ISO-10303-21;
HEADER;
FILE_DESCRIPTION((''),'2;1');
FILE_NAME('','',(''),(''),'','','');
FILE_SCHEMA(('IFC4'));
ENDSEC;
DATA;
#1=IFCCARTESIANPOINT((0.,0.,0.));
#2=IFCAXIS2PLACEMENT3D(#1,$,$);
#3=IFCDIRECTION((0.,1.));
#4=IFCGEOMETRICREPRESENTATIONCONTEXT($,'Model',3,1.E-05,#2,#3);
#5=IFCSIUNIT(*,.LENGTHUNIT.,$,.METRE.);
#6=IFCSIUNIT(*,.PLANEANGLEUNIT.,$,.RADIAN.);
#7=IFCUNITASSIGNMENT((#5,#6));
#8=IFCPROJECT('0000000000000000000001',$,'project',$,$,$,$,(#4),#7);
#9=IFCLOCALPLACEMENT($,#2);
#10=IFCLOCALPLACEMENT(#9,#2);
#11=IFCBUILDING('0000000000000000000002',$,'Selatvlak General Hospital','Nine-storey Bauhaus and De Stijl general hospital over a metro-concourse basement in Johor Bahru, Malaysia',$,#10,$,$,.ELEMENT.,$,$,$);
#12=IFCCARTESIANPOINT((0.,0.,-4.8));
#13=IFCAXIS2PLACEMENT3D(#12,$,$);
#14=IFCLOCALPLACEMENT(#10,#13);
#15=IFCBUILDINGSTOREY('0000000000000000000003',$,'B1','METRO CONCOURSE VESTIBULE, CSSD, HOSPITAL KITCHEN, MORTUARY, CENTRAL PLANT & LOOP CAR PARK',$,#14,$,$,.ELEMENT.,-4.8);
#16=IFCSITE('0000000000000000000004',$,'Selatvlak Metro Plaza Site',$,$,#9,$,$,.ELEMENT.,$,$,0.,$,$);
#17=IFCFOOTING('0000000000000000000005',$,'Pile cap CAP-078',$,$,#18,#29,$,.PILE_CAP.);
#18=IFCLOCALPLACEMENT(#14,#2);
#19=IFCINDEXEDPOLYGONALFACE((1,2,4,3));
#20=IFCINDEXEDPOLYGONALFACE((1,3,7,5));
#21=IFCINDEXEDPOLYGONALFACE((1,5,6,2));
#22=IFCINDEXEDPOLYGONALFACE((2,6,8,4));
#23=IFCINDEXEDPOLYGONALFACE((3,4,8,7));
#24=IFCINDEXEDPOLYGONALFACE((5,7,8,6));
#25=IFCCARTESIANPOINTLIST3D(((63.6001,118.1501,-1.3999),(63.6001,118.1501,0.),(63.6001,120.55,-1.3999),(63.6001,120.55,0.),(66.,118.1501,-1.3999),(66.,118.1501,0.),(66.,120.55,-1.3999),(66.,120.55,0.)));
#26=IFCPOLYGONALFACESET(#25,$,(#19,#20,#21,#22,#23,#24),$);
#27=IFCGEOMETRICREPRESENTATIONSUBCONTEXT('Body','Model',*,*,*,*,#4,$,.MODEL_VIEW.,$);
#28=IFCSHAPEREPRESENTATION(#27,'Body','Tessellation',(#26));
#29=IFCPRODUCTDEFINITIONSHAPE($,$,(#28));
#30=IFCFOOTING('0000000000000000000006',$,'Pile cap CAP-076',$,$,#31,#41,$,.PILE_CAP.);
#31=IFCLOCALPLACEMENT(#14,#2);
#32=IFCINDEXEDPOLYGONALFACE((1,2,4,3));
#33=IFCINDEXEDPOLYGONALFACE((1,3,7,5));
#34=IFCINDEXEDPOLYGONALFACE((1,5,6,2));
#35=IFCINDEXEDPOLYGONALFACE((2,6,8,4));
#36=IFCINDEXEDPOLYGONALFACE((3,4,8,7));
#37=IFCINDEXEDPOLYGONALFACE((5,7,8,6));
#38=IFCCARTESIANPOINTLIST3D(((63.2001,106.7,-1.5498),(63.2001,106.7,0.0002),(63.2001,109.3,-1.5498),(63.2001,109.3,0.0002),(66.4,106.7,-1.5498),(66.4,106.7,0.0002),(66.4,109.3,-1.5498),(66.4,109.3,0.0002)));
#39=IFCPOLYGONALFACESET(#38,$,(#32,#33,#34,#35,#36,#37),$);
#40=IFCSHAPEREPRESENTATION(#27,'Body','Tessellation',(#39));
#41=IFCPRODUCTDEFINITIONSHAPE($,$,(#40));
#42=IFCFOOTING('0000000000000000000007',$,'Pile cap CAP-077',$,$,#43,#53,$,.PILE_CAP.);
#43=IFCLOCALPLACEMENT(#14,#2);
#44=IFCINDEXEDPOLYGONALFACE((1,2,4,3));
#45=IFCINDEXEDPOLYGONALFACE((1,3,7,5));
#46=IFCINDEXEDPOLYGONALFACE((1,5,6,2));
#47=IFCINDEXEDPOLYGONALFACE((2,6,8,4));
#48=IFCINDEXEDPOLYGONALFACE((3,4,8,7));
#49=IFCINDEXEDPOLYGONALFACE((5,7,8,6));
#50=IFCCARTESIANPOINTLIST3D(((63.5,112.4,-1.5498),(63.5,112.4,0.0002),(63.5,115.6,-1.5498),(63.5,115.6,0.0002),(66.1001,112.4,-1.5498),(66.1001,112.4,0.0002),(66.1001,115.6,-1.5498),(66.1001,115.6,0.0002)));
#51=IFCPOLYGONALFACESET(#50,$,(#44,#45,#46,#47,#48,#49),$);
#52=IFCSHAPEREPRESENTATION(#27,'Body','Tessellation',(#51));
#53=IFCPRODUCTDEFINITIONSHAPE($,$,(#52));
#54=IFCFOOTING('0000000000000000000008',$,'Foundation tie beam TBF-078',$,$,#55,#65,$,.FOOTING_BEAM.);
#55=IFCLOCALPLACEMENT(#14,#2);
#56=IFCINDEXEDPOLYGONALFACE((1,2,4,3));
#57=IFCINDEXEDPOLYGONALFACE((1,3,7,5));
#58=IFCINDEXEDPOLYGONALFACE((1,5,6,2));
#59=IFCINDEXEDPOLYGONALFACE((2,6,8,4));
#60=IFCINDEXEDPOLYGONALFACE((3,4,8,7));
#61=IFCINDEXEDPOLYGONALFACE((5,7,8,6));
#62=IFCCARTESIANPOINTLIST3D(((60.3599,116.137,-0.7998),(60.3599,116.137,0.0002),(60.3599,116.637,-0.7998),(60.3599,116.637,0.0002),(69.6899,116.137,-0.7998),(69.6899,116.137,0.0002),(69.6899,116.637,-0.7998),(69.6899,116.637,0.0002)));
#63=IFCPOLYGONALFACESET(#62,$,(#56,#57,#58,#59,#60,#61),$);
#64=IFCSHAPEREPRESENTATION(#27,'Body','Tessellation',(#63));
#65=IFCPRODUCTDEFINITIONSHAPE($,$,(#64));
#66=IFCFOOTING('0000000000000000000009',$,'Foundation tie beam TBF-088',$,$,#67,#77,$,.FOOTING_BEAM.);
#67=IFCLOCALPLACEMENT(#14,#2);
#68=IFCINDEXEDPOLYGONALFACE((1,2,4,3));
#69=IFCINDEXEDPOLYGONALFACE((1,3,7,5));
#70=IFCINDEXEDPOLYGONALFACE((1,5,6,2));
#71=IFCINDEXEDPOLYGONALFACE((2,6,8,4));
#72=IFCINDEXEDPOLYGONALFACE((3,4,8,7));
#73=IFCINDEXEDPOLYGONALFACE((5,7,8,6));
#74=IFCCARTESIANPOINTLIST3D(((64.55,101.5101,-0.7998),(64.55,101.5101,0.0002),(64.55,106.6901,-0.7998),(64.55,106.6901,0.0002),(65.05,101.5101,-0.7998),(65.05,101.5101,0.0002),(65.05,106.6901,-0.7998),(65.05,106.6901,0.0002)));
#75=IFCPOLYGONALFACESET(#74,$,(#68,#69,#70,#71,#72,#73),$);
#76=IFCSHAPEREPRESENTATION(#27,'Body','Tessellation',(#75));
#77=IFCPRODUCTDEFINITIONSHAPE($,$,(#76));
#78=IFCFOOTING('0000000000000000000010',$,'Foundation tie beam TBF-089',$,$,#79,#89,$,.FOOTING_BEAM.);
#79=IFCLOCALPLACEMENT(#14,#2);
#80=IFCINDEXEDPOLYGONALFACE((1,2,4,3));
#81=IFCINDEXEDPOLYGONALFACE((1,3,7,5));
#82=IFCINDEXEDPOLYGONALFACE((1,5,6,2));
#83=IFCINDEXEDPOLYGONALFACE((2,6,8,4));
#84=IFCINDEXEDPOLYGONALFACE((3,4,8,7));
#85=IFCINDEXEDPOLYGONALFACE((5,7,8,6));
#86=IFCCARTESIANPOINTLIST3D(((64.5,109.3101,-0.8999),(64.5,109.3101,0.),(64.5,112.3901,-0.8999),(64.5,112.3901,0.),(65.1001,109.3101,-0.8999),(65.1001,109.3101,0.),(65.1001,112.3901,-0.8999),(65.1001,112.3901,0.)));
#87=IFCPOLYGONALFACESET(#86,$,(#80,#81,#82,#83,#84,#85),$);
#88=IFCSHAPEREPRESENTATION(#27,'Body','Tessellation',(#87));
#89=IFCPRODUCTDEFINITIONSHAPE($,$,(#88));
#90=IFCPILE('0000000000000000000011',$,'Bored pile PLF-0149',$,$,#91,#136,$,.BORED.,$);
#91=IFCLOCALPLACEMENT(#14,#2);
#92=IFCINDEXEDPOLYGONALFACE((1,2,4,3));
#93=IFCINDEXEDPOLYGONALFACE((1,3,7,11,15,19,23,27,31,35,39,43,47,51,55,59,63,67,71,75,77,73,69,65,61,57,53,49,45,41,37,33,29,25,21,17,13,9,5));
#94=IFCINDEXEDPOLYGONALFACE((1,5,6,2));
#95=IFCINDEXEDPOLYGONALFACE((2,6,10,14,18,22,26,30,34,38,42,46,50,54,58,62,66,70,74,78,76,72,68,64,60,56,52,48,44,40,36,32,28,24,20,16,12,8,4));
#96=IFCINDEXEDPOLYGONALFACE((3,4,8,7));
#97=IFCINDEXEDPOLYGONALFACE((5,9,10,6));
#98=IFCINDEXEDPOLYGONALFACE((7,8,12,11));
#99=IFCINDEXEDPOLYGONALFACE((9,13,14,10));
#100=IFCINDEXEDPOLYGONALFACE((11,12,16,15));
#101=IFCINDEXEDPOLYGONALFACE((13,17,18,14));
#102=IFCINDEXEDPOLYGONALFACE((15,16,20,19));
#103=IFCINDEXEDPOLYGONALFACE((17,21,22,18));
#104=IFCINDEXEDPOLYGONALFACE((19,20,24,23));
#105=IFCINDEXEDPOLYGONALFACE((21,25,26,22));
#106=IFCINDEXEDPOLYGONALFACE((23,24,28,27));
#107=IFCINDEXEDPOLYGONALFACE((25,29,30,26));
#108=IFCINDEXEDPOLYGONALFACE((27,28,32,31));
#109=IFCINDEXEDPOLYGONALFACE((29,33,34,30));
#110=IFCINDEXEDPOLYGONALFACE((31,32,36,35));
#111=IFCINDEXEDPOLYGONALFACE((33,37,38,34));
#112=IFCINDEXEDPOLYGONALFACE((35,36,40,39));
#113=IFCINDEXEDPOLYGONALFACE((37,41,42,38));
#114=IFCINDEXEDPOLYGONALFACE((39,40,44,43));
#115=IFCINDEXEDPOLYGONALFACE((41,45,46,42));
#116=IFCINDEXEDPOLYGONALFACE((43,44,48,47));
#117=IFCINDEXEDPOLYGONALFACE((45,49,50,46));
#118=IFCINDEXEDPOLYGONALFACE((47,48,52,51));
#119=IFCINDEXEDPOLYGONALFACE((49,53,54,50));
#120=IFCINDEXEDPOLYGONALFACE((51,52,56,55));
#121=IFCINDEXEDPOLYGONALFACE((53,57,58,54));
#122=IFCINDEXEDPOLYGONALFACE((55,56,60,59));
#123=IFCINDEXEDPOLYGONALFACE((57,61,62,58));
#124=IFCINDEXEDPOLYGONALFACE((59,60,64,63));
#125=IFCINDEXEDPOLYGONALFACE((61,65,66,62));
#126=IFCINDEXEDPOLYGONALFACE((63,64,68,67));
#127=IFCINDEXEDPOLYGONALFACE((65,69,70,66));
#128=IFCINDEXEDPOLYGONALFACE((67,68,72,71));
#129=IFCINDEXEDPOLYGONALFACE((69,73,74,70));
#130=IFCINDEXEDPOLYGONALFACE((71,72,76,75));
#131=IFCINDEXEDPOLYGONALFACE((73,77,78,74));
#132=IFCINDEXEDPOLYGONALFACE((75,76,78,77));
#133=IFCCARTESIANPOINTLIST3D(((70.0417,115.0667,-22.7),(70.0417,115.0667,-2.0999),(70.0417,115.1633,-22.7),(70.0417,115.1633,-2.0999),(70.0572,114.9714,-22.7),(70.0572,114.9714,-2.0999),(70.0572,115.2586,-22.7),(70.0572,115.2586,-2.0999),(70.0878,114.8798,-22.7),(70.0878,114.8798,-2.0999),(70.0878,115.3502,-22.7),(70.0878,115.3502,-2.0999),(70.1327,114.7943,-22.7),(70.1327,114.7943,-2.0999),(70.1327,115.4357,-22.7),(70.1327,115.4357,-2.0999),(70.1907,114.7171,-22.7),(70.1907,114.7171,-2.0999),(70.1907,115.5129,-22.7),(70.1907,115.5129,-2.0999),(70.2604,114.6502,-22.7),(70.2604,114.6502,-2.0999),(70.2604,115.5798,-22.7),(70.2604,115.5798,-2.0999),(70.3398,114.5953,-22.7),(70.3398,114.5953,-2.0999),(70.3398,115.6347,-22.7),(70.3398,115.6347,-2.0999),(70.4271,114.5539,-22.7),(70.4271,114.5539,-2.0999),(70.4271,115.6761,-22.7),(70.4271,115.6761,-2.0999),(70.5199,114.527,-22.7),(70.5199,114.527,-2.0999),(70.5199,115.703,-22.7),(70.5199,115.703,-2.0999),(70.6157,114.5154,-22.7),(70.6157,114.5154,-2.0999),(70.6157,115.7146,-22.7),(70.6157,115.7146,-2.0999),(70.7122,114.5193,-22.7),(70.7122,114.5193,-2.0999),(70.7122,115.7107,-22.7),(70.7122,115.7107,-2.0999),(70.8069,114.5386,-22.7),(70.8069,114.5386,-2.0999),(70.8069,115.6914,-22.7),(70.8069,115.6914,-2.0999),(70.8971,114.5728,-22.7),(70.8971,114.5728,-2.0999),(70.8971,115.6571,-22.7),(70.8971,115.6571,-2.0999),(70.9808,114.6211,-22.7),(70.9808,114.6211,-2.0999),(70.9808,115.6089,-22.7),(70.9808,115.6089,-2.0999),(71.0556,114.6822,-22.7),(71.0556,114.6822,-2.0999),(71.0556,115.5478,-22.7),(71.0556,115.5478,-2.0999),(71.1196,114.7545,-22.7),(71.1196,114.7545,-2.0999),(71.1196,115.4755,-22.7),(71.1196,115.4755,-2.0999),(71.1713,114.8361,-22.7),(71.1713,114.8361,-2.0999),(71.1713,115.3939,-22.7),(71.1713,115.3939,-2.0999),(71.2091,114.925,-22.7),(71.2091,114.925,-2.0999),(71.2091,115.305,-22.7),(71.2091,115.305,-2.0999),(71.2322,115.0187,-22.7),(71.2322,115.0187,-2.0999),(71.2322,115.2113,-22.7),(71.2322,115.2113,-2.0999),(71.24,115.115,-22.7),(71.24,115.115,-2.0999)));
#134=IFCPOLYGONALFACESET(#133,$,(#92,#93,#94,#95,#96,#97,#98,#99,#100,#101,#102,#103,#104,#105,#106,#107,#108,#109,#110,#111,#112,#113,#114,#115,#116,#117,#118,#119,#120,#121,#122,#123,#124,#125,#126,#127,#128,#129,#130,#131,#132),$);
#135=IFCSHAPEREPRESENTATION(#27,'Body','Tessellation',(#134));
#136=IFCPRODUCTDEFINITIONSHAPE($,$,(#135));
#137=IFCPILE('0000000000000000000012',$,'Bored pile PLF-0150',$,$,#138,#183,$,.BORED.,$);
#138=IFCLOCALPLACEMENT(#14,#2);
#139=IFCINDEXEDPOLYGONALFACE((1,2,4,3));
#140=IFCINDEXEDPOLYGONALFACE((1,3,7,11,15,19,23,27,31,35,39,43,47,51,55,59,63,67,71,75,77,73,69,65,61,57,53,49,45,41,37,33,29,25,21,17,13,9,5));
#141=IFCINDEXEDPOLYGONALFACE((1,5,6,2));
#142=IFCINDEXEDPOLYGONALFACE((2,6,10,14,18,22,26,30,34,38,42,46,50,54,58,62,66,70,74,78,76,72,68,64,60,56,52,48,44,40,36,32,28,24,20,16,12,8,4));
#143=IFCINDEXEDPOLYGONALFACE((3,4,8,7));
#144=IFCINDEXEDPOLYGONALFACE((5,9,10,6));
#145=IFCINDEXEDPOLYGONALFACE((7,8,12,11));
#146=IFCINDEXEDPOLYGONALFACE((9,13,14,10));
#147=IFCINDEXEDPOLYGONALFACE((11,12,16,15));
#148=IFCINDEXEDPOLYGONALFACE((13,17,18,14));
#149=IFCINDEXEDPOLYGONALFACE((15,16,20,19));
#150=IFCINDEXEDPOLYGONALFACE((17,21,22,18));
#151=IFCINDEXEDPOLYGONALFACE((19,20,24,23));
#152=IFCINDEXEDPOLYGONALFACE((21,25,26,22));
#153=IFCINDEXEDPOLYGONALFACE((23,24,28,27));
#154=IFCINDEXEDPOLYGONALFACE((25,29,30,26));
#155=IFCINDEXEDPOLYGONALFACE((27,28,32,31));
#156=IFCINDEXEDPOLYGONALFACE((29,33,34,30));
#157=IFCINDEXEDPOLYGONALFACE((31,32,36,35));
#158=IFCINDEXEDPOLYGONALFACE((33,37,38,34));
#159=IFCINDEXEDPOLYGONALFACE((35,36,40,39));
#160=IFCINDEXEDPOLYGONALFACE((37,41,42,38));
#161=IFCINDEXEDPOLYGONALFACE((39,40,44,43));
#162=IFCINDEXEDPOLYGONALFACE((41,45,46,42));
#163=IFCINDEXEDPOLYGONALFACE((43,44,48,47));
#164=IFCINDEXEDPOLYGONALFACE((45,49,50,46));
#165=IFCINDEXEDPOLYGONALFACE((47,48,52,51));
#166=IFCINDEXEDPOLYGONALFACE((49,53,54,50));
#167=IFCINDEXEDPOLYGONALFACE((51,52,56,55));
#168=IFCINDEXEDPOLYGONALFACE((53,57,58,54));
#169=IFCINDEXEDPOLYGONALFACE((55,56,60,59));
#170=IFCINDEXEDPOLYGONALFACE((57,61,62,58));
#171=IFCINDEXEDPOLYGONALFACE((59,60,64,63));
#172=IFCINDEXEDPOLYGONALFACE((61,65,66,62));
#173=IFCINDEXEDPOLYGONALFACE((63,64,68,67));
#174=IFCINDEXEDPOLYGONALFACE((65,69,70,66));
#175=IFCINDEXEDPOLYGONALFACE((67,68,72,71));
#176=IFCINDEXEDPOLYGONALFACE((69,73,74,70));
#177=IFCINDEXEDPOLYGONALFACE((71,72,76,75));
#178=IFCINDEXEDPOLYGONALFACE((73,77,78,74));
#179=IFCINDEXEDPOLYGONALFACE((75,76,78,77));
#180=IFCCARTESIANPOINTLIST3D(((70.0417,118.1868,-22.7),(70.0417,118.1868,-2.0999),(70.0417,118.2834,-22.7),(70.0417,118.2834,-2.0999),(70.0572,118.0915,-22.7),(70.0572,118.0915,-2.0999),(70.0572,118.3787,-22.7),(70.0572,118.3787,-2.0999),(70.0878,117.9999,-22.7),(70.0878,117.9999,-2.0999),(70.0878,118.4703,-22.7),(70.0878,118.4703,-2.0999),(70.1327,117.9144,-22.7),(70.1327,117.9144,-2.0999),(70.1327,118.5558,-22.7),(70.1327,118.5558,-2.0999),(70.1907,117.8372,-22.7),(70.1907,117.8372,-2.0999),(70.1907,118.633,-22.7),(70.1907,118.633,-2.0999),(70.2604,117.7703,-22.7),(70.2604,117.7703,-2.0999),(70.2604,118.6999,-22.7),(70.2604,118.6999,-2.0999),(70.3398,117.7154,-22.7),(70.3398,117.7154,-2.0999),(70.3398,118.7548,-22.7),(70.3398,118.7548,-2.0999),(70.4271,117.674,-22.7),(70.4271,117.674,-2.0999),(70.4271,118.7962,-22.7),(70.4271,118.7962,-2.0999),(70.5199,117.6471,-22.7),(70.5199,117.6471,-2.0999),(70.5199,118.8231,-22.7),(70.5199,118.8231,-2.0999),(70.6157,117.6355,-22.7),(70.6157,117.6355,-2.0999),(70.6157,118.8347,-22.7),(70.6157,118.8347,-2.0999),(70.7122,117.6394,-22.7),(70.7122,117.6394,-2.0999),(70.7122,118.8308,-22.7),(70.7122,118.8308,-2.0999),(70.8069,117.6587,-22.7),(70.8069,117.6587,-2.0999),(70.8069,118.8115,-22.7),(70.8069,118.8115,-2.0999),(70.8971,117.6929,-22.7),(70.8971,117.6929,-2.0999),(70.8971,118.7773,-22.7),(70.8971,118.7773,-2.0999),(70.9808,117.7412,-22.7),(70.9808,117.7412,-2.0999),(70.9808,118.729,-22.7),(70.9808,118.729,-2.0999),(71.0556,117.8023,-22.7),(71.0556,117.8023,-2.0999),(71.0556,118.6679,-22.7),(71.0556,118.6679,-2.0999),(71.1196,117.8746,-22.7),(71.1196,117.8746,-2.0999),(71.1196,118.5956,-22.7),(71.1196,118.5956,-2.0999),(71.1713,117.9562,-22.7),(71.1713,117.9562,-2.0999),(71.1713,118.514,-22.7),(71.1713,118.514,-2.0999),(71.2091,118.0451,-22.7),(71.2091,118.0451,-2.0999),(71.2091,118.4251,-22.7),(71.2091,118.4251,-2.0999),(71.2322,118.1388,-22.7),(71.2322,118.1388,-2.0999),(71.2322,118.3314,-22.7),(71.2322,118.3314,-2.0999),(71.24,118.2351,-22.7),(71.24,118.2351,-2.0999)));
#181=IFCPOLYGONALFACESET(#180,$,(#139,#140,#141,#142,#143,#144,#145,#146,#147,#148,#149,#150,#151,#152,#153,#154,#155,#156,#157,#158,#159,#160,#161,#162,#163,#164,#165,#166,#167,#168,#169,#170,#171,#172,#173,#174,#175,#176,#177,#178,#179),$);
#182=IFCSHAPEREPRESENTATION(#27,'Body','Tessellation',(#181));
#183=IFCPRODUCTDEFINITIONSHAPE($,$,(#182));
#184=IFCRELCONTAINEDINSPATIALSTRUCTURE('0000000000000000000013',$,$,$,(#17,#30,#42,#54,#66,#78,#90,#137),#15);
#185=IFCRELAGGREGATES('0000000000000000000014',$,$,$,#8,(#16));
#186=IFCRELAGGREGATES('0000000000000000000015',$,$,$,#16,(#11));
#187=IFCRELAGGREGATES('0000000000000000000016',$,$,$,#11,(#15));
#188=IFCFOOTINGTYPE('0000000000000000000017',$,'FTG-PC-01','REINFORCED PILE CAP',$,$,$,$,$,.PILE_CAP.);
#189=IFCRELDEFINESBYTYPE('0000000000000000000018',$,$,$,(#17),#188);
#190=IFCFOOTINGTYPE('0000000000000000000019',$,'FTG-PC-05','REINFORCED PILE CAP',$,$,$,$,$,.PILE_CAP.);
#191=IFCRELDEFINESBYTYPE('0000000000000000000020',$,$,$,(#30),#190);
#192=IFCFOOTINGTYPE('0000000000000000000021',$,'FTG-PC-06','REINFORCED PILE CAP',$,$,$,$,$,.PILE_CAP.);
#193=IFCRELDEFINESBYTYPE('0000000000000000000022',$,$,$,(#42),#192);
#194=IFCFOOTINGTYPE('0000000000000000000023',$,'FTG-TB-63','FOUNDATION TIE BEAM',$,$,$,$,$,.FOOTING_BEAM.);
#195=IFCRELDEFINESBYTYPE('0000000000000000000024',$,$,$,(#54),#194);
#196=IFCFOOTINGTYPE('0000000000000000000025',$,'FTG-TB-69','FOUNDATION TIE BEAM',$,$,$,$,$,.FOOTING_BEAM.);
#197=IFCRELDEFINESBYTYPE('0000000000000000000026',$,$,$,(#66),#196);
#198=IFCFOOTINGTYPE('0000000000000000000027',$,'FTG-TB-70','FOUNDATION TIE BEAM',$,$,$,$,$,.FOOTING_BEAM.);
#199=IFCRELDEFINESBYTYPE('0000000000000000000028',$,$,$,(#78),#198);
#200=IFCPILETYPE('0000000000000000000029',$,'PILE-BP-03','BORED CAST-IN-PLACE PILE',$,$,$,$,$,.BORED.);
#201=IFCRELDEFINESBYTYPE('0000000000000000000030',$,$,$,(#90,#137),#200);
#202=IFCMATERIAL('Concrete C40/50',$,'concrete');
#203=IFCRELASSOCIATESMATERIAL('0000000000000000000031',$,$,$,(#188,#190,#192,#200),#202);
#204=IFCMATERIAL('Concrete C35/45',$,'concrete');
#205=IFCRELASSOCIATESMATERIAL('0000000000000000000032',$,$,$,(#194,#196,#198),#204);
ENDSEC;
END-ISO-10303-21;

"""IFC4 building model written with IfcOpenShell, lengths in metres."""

from ifc_helpers import new_model, si_unit, direction, frame, origin, origin_2d, place, context, subcontext, project, spatial, rectangle, circle, extrude, material, material_profile, profile_set, type_object, element, save


model = new_model("IFC4")

# Units and contexts
model_context = context("Model", 3, precision=1e-05, world=origin(), true_north=direction((0.0, 1.0)))
body_context = subcontext(model_context, "Body", "Model", "MODEL_VIEW")
ifc_project = project(units=[si_unit("LENGTHUNIT", "METRE"), si_unit("PLANEANGLEUNIT", "RADIAN")], contexts=[model_context])

# Site, building, storey
site_placement = place(None, origin())
site = spatial("IfcSite", under=ifc_project, at=site_placement, Name="Selatvlak Metro Plaza Site", CompositionType="ELEMENT", RefElevation=0.0)
building_placement = place(site_placement, origin())
building = spatial("IfcBuilding", under=site, at=building_placement, Name="Selatvlak General Hospital", Description="Nine-storey Bauhaus and De Stijl general hospital over a metro-concourse basement in Johor Bahru, Malaysia", CompositionType="ELEMENT")
storey_placement = place(building_placement, frame((0.0, 0.0, -4.8)))
storey = spatial("IfcBuildingStorey", under=building, at=storey_placement, Name="B1", Description="METRO CONCOURSE VESTIBULE, CSSD, HOSPITAL KITCHEN, MORTUARY, CENTRAL PLANT & LOOP CAR PARK", CompositionType="ELEMENT", Elevation=-4.8)

# Footings
ifc_material_1 = material(Name="Concrete C40/50", Category="concrete")
footing_type_1 = type_object("IfcFootingType", Name="FTG-PC-01", Description="REINFORCED PILE CAP", PredefinedType="PILE_CAP", material=ifc_material_1)
footing_1_placement = place(storey_placement, frame((64.8, 119.3501, -1.3999), z_axis=(0.0, 0.0, 1.0), x_axis=(1.0, 0.0, 0.0)))
element("IfcFooting", 1, at=footing_1_placement, inside=storey, type_object=footing_type_1, Name="Pile cap CAP-078", PredefinedType="PILE_CAP", context=body_context, shape_type="SweptSolid", body=[
    extrude(rectangle(XDim=2.3999, YDim=2.3999, at=origin_2d()), origin(), (0.0, 0.0, 1.0), 1.3999),
])
footing_type_2 = type_object("IfcFootingType", Name="FTG-PC-05", Description="REINFORCED PILE CAP", PredefinedType="PILE_CAP", material=ifc_material_1)
footing_2_placement = place(storey_placement, frame((64.8, 108.0, -1.5498), z_axis=(0.0, 0.0, 1.0), x_axis=(1.0, 0.0, 0.0)))
element("IfcFooting", 2, at=footing_2_placement, inside=storey, type_object=footing_type_2, Name="Pile cap CAP-076", PredefinedType="PILE_CAP", context=body_context, shape_type="SweptSolid", body=[
    extrude(rectangle(XDim=3.2, YDim=2.6001, at=origin_2d()), origin(), (0.0, 0.0, 1.0), 1.55),
])
footing_type_3 = type_object("IfcFootingType", Name="FTG-PC-06", Description="REINFORCED PILE CAP", PredefinedType="PILE_CAP", material=ifc_material_1)
footing_3_placement = place(storey_placement, frame((64.8, 114.0, -1.5498), z_axis=(0.0, 0.0, 1.0), x_axis=(1.0, 0.0, 0.0)))
element("IfcFooting", 3, at=footing_3_placement, inside=storey, type_object=footing_type_3, Name="Pile cap CAP-077", PredefinedType="PILE_CAP", context=body_context, shape_type="SweptSolid", body=[
    extrude(rectangle(XDim=2.6001, YDim=3.2, at=origin_2d()), origin(), (0.0, 0.0, 1.0), 1.55),
])
ifc_material_2 = material(Name="Concrete C35/45", Category="concrete")
footing_type_4 = type_object("IfcFootingType", Name="FTG-TB-63", Description="FOUNDATION TIE BEAM", PredefinedType="FOOTING_BEAM", material=ifc_material_2)
footing_4_placement = place(storey_placement, frame((65.0249, 116.387, -0.7998), z_axis=(0.0, 0.0, 1.0), x_axis=(1.0, 0.0, 0.0)))
element("IfcFooting", 4, at=footing_4_placement, inside=storey, type_object=footing_type_4, Name="Foundation tie beam TBF-078", PredefinedType="FOOTING_BEAM", context=body_context, shape_type="SweptSolid", body=[
    extrude(rectangle(XDim=9.3301, YDim=0.5, at=origin_2d()), origin(), (0.0, 0.0, 1.0), 0.8),
])
footing_type_5 = type_object("IfcFootingType", Name="FTG-TB-69", Description="FOUNDATION TIE BEAM", PredefinedType="FOOTING_BEAM", material=ifc_material_2)
footing_5_placement = place(storey_placement, frame((64.8, 104.1001, -0.7998), z_axis=(0.0, 0.0, 1.0), x_axis=(0.0, 1.0, 0.0)))
element("IfcFooting", 5, at=footing_5_placement, inside=storey, type_object=footing_type_5, Name="Foundation tie beam TBF-088", PredefinedType="FOOTING_BEAM", context=body_context, shape_type="SweptSolid", body=[
    extrude(rectangle(XDim=5.1799, YDim=0.5, at=origin_2d()), origin(), (0.0, 0.0, 1.0), 0.8),
])
footing_type_6 = type_object("IfcFootingType", Name="FTG-TB-70", Description="FOUNDATION TIE BEAM", PredefinedType="FOOTING_BEAM", material=ifc_material_2)
footing_6_placement = place(storey_placement, frame((64.8, 110.8501, -0.8999), z_axis=(0.0, 0.0, 1.0), x_axis=(0.0, 1.0, 0.0)))
element("IfcFooting", 6, at=footing_6_placement, inside=storey, type_object=footing_type_6, Name="Foundation tie beam TBF-089", PredefinedType="FOOTING_BEAM", context=body_context, shape_type="SweptSolid", body=[
    extrude(rectangle(XDim=3.0801, YDim=0.6001, at=origin_2d()), origin(), (0.0, 0.0, 1.0), 0.8999),
])

# Piles
ifc_material_profile_1 = material_profile(ifc_material_1, circle(Radius=0.6001, at=origin_2d()), Name="BORED PILE 1200")
ifc_profile_set_1 = profile_set([ifc_material_profile_1], Name="Concrete C40/50")
pile_type_1 = type_object("IfcPileType", Name="PILE-BP-03", Description="BORED CAST-IN-PLACE PILE", PredefinedType="BORED", material=ifc_profile_set_1)
for number, where, z_axis, x_axis, name in (
    (7, (70.6399, 115.115, -2.0999), (0.0, 0.0, -1.0), (1.0, 0.0, 0.0), "Bored pile PLF-0149"),
    (8, (70.6399, 118.2351, -2.0999), (0.0, 0.0, -1.0), (1.0, 0.0, 0.0), "Bored pile PLF-0150"),
):
    element("IfcPile", number, at=place(storey_placement, frame(where, z_axis=z_axis, x_axis=x_axis)), inside=storey, type_object=pile_type_1, Name=name, PredefinedType="BORED", context=body_context, shape_type="SweptSolid", body=[
        extrude(circle(Radius=0.6001, at=origin_2d()), origin(), (0.0, 0.0, 1.0), 20.6001),
    ])

save(model, "model.ifc")
